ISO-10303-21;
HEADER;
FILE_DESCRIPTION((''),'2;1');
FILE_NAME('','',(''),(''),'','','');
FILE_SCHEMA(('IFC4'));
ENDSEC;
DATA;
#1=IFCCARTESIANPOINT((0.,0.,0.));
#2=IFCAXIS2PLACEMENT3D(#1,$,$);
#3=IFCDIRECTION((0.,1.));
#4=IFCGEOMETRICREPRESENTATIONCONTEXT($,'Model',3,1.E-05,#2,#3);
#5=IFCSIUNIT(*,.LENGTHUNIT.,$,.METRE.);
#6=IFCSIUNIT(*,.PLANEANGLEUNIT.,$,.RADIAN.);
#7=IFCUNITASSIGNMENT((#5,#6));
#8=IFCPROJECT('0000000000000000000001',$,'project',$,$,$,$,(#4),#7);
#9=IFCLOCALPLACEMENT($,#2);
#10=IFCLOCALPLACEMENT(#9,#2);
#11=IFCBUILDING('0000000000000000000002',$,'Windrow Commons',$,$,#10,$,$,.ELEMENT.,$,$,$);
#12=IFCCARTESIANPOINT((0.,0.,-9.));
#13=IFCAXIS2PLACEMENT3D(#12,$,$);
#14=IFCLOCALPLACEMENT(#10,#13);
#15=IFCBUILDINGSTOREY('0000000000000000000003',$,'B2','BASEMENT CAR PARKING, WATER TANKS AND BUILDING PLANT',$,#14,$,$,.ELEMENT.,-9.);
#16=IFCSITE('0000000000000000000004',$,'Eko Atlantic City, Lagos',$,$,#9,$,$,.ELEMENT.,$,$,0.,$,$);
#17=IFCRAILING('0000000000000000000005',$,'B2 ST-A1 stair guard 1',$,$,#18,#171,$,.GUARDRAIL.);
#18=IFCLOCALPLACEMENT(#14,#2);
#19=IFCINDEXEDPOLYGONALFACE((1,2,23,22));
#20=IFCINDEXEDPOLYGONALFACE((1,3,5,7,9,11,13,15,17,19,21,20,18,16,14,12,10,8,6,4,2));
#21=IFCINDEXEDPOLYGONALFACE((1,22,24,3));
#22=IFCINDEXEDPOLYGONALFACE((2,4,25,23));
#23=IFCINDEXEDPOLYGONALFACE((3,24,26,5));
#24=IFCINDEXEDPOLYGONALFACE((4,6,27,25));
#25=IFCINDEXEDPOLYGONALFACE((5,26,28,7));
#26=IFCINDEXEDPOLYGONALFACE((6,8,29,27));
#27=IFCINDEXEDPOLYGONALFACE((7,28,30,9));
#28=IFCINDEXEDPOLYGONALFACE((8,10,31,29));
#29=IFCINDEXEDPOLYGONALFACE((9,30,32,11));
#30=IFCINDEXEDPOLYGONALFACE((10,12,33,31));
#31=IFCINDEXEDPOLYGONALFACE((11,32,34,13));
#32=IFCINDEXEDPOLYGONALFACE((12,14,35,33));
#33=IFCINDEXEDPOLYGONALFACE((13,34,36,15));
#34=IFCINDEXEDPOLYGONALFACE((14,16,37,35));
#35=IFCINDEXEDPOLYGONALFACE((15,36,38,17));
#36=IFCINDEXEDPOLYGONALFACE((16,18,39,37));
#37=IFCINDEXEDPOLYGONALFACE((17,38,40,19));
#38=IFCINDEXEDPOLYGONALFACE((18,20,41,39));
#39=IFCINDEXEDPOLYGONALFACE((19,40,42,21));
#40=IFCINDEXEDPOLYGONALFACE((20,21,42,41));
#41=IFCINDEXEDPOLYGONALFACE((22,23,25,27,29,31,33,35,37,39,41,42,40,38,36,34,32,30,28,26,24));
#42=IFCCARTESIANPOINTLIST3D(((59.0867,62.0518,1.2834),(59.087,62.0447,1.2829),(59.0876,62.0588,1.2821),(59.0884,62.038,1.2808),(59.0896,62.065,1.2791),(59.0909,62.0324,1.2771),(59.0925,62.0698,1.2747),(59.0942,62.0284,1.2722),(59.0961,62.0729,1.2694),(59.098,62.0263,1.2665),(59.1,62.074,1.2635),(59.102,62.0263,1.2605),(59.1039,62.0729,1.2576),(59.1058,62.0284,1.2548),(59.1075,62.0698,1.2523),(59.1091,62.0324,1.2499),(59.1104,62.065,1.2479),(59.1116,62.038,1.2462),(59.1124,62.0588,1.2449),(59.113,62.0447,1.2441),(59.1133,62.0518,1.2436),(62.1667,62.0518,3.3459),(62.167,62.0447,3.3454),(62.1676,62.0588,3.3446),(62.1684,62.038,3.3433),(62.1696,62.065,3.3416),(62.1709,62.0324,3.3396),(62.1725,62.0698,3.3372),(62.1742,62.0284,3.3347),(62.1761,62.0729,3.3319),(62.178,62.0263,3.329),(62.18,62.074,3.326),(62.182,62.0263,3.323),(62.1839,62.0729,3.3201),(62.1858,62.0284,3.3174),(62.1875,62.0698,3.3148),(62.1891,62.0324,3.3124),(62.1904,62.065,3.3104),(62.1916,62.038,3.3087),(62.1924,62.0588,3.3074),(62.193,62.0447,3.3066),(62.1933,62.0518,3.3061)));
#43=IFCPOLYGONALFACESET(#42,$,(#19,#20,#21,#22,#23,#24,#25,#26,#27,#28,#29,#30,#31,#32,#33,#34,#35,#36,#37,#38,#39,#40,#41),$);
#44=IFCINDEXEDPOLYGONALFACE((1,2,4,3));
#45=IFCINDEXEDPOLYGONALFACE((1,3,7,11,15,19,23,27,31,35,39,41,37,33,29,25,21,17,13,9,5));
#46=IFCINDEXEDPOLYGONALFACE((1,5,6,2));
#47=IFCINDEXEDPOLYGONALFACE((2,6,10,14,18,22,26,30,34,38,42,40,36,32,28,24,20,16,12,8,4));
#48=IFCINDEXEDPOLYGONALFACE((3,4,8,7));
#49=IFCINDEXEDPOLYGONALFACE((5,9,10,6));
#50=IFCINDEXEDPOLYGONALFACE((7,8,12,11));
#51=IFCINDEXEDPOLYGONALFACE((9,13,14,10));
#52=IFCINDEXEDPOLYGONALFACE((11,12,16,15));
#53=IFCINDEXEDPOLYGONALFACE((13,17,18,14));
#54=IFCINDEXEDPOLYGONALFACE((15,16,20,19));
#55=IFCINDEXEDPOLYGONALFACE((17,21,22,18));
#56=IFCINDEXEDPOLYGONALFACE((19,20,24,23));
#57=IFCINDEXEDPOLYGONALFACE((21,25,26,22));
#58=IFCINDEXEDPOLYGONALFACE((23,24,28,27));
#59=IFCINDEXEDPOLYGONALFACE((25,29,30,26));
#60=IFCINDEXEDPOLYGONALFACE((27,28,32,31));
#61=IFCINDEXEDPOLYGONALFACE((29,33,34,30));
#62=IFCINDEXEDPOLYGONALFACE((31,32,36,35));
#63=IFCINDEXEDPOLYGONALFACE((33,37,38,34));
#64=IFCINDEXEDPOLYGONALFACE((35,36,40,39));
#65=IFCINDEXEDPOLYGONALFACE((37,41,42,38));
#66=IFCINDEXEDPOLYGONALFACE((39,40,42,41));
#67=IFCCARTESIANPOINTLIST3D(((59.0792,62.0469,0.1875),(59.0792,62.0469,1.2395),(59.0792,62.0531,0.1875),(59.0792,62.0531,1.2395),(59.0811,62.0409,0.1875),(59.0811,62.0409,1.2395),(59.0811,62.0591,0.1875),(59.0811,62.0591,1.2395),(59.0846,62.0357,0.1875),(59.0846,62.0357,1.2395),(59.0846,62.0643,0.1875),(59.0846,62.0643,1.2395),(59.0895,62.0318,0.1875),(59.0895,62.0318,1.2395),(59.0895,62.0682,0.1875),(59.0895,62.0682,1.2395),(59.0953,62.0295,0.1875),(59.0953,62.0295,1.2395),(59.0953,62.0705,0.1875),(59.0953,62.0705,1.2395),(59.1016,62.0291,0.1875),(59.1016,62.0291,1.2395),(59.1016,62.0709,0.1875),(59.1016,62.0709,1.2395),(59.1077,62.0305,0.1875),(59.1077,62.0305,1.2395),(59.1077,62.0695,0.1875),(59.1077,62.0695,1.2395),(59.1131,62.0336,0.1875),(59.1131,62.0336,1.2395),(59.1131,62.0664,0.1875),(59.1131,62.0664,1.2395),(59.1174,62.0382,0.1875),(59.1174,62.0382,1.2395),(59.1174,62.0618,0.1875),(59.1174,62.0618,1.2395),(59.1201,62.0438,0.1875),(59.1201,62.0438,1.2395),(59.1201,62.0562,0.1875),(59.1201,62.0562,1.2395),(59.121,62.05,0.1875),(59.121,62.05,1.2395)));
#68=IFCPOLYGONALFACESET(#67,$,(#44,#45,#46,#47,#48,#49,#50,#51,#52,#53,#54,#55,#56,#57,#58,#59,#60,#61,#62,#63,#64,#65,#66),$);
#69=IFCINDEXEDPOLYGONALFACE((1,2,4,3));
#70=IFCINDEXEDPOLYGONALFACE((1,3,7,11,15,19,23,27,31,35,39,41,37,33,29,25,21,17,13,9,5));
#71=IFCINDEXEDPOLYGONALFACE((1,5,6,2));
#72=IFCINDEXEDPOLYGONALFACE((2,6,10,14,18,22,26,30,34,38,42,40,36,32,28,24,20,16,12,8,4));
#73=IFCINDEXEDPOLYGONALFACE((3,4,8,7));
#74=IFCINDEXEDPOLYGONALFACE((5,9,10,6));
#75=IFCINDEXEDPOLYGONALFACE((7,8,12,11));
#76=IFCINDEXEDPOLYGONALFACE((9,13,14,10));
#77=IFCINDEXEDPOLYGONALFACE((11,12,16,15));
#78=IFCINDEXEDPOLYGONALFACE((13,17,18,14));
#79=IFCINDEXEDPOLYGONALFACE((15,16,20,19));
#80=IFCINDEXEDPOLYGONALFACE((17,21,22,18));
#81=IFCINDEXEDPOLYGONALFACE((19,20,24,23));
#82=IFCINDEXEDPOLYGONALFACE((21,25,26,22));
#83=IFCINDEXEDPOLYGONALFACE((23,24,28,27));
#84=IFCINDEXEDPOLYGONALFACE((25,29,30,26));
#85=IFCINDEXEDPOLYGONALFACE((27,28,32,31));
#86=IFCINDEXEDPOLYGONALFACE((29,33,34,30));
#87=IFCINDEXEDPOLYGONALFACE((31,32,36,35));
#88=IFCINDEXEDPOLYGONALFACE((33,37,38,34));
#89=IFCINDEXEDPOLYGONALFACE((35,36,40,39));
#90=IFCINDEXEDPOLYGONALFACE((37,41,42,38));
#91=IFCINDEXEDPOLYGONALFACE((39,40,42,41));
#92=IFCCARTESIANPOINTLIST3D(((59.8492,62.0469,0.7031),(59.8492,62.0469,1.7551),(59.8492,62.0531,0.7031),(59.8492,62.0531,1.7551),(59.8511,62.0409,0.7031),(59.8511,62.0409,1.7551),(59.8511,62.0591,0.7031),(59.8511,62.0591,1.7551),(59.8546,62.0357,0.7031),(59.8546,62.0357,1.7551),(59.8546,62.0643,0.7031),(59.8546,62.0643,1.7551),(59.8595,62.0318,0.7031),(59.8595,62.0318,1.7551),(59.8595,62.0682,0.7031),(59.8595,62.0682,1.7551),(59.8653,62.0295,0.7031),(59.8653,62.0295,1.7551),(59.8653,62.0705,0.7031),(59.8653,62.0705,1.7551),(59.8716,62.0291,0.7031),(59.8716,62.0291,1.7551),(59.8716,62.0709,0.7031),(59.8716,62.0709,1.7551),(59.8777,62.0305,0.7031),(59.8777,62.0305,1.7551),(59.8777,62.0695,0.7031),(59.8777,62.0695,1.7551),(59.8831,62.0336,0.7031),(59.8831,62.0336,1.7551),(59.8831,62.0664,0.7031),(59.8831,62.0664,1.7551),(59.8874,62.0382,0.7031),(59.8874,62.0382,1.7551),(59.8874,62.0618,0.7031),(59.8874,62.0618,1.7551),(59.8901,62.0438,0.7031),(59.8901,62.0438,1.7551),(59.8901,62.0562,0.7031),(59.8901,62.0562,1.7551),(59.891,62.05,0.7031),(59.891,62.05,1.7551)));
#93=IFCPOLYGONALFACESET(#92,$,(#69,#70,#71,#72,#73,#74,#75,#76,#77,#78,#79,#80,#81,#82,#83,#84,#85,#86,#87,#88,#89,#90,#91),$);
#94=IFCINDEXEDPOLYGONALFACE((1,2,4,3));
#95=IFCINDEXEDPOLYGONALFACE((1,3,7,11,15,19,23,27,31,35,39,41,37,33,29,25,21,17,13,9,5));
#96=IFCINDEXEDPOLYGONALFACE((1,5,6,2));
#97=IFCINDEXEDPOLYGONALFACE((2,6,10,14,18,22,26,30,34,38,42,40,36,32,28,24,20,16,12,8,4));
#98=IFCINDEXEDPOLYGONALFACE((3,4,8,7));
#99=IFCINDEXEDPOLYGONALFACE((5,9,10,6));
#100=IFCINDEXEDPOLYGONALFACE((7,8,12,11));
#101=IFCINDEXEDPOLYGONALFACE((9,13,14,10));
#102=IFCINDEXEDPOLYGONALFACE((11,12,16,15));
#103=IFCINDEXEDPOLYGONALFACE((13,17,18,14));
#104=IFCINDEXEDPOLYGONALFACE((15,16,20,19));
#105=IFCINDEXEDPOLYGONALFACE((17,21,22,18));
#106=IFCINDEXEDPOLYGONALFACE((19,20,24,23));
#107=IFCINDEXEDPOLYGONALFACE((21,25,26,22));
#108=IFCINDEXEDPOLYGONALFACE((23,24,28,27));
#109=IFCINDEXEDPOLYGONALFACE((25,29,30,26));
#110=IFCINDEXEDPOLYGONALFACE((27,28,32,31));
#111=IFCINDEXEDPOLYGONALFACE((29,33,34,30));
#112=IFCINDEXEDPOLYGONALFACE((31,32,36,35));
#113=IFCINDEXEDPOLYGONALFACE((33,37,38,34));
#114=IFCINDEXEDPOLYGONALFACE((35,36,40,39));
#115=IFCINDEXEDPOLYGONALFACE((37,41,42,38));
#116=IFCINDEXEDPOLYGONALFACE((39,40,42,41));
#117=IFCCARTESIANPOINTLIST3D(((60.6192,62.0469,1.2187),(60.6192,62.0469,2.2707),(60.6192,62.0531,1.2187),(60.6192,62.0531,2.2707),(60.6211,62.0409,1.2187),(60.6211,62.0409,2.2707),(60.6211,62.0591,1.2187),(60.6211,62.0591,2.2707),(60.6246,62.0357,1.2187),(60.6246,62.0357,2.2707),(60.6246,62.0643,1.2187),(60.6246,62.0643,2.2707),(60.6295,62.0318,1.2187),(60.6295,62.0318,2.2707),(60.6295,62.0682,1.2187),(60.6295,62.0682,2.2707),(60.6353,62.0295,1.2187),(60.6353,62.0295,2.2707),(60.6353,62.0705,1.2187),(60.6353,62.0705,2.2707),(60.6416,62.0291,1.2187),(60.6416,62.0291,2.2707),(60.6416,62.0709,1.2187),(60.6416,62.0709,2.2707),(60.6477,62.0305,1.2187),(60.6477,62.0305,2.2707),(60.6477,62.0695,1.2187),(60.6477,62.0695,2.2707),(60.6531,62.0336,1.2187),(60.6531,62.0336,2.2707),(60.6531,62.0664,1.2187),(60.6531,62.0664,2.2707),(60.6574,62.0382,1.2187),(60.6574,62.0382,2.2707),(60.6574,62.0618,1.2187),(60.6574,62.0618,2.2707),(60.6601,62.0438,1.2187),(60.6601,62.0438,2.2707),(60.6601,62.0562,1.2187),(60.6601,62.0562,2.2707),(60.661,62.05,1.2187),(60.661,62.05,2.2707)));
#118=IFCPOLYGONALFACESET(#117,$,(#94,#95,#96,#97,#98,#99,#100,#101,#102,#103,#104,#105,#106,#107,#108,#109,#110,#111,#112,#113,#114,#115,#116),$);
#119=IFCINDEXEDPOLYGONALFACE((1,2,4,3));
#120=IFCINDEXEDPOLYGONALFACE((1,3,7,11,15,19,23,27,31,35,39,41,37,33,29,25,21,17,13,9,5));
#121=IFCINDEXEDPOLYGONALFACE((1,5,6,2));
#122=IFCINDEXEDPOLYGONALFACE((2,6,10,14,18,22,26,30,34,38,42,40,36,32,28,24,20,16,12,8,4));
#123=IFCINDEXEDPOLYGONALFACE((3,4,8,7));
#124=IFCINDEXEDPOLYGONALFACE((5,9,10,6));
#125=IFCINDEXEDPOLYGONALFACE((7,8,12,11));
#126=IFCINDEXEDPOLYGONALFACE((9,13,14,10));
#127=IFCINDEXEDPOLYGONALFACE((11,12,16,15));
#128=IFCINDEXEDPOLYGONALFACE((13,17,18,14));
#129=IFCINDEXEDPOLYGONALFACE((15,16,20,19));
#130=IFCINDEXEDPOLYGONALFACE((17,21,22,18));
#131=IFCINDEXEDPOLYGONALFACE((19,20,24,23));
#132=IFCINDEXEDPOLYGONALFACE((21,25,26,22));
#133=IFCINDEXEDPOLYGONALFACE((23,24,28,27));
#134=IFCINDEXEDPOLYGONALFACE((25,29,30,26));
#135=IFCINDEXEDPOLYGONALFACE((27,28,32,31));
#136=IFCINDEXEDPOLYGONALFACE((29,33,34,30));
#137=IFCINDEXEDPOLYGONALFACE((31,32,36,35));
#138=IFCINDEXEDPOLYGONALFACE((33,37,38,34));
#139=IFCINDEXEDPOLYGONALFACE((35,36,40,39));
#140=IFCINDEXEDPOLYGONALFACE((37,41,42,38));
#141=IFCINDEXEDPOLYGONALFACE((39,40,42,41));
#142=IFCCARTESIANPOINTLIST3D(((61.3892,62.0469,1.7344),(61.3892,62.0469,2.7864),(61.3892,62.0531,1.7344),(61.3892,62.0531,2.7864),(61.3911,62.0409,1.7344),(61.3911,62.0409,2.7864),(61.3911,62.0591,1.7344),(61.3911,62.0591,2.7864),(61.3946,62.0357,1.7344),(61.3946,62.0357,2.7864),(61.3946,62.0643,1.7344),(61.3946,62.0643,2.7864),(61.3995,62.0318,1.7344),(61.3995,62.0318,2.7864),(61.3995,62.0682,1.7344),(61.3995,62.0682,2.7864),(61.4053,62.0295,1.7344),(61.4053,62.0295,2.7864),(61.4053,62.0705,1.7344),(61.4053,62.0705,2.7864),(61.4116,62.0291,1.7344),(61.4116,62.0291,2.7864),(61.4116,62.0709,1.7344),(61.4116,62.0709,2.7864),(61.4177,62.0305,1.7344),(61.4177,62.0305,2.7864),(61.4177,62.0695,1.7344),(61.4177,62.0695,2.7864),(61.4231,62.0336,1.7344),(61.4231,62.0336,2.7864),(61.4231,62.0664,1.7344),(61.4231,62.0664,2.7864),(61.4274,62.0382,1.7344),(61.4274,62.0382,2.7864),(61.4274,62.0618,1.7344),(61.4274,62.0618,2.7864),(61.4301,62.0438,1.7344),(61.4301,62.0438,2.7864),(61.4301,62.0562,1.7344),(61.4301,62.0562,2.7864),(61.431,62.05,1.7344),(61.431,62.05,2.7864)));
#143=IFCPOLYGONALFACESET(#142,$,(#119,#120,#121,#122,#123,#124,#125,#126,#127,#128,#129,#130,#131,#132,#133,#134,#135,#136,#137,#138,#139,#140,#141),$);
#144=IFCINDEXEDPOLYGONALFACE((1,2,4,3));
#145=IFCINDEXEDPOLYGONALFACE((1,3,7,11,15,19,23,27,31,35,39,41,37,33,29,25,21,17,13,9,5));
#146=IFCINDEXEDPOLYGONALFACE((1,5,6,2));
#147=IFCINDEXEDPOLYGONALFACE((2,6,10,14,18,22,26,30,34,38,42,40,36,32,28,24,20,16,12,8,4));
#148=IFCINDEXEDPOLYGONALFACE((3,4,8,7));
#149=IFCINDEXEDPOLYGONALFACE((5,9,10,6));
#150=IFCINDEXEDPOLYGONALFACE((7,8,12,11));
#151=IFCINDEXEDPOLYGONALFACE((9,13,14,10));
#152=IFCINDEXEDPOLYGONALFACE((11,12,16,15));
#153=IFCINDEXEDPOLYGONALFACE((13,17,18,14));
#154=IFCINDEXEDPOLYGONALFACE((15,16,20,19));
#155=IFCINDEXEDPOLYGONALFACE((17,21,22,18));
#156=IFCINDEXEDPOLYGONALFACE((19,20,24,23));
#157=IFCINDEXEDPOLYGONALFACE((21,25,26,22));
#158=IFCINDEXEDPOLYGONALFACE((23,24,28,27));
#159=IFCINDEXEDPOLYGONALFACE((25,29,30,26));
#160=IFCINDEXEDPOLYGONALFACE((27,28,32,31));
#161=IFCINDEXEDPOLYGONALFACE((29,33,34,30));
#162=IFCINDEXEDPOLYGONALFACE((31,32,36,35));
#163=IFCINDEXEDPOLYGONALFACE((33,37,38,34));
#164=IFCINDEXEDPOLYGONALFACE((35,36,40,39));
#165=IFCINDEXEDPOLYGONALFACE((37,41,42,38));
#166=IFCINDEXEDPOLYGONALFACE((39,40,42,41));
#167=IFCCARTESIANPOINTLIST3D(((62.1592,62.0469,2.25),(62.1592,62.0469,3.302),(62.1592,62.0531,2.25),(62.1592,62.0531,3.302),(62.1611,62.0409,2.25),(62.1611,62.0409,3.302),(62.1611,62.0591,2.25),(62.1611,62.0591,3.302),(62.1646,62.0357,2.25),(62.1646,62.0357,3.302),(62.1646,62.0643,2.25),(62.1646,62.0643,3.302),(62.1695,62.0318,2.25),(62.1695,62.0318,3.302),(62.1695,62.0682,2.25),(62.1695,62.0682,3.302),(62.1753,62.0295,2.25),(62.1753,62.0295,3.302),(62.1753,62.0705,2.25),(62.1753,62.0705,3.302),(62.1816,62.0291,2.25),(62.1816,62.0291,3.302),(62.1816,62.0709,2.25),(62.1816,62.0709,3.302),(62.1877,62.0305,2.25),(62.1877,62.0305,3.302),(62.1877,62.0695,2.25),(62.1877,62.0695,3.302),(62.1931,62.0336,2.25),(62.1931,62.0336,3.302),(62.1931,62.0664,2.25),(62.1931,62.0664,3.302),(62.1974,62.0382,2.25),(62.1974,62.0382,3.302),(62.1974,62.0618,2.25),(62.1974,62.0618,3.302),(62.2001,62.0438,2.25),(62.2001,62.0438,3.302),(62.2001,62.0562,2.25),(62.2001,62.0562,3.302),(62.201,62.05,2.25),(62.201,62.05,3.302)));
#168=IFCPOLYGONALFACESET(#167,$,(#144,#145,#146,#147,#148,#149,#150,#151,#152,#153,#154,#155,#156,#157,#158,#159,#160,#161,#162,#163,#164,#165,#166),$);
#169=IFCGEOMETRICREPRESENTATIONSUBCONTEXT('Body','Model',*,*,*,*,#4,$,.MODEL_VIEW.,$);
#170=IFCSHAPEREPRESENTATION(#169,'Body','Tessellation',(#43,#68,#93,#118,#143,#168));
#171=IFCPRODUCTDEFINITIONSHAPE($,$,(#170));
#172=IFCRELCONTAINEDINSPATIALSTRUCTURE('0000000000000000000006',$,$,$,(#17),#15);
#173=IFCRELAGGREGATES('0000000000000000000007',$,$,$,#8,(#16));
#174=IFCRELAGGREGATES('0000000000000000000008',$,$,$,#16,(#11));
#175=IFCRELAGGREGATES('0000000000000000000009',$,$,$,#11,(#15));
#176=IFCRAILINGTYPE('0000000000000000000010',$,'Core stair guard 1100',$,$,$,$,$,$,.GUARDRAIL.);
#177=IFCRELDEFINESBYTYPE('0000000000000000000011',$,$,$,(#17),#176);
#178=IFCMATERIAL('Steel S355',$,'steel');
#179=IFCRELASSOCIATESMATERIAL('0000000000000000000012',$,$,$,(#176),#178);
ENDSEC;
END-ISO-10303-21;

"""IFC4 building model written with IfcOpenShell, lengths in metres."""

from ifc_helpers import new_model, si_unit, direction, frame, origin, origin_2d, place, context, subcontext, project, spatial, circle, extrude, material, type_object, element, save


model = new_model("IFC4")

# Units and contexts
model_context = context("Model", 3, precision=1e-05, world=origin(), true_north=direction((0.0, 1.0)))
body_context = subcontext(model_context, "Body", "Model", "MODEL_VIEW")
ifc_project = project(units=[si_unit("LENGTHUNIT", "METRE"), si_unit("PLANEANGLEUNIT", "RADIAN")], contexts=[model_context])

# Site, building, storey
site_placement = place(None, origin())
site = spatial("IfcSite", under=ifc_project, at=site_placement, Name="Eko Atlantic City, Lagos", CompositionType="ELEMENT", RefElevation=0.0)
building_placement = place(site_placement, origin())
building = spatial("IfcBuilding", under=site, at=building_placement, Name="Windrow Commons", CompositionType="ELEMENT")
storey_placement = place(building_placement, frame((0.0, 0.0, -9.0)))
storey = spatial("IfcBuildingStorey", under=building, at=storey_placement, Name="B2", Description="BASEMENT CAR PARKING, WATER TANKS AND BUILDING PLANT", CompositionType="ELEMENT", Elevation=-9.0)

# Railing
ifc_material_1 = material(Name="Steel S355", Category="steel")
railing_type_1 = type_object("IfcRailingType", Name="Core stair guard 1100", PredefinedType="GUARDRAIL", material=ifc_material_1)
railing_1_placement = place(storey_placement, frame((59.1, 62.05, 0.1875)))
element("IfcRailing", 1, at=railing_1_placement, inside=storey, type_object=railing_type_1, Name="B2 ST-A1 stair guard 1", PredefinedType="GUARDRAIL", context=body_context, shape_type="SweptSolid", body=[
    extrude(circle(Radius=0.024, at=origin_2d()), frame((0.0, 0.0, 1.076), z_axis=(0.830907, 0.0, 0.556411), x_axis=(0.0, 1.0, 0.0)), (0.0, 0.0, 1.0), 3.7068),
    extrude(circle(Radius=0.021, at=origin_2d()), origin(), (0.0, 0.0, 1.0), 1.052),
    extrude(circle(Radius=0.021, at=origin_2d()), frame((0.77, 0.0, 0.5156)), (0.0, 0.0, 1.0), 1.052),
    extrude(circle(Radius=0.021, at=origin_2d()), frame((1.54, 0.0, 1.0312)), (0.0, 0.0, 1.0), 1.052),
    extrude(circle(Radius=0.021, at=origin_2d()), frame((2.31, 0.0, 1.5469)), (0.0, 0.0, 1.0), 1.052),
    extrude(circle(Radius=0.021, at=origin_2d()), frame((3.08, 0.0, 2.0625)), (0.0, 0.0, 1.0), 1.052),
])

save(model, "model.ifc")
